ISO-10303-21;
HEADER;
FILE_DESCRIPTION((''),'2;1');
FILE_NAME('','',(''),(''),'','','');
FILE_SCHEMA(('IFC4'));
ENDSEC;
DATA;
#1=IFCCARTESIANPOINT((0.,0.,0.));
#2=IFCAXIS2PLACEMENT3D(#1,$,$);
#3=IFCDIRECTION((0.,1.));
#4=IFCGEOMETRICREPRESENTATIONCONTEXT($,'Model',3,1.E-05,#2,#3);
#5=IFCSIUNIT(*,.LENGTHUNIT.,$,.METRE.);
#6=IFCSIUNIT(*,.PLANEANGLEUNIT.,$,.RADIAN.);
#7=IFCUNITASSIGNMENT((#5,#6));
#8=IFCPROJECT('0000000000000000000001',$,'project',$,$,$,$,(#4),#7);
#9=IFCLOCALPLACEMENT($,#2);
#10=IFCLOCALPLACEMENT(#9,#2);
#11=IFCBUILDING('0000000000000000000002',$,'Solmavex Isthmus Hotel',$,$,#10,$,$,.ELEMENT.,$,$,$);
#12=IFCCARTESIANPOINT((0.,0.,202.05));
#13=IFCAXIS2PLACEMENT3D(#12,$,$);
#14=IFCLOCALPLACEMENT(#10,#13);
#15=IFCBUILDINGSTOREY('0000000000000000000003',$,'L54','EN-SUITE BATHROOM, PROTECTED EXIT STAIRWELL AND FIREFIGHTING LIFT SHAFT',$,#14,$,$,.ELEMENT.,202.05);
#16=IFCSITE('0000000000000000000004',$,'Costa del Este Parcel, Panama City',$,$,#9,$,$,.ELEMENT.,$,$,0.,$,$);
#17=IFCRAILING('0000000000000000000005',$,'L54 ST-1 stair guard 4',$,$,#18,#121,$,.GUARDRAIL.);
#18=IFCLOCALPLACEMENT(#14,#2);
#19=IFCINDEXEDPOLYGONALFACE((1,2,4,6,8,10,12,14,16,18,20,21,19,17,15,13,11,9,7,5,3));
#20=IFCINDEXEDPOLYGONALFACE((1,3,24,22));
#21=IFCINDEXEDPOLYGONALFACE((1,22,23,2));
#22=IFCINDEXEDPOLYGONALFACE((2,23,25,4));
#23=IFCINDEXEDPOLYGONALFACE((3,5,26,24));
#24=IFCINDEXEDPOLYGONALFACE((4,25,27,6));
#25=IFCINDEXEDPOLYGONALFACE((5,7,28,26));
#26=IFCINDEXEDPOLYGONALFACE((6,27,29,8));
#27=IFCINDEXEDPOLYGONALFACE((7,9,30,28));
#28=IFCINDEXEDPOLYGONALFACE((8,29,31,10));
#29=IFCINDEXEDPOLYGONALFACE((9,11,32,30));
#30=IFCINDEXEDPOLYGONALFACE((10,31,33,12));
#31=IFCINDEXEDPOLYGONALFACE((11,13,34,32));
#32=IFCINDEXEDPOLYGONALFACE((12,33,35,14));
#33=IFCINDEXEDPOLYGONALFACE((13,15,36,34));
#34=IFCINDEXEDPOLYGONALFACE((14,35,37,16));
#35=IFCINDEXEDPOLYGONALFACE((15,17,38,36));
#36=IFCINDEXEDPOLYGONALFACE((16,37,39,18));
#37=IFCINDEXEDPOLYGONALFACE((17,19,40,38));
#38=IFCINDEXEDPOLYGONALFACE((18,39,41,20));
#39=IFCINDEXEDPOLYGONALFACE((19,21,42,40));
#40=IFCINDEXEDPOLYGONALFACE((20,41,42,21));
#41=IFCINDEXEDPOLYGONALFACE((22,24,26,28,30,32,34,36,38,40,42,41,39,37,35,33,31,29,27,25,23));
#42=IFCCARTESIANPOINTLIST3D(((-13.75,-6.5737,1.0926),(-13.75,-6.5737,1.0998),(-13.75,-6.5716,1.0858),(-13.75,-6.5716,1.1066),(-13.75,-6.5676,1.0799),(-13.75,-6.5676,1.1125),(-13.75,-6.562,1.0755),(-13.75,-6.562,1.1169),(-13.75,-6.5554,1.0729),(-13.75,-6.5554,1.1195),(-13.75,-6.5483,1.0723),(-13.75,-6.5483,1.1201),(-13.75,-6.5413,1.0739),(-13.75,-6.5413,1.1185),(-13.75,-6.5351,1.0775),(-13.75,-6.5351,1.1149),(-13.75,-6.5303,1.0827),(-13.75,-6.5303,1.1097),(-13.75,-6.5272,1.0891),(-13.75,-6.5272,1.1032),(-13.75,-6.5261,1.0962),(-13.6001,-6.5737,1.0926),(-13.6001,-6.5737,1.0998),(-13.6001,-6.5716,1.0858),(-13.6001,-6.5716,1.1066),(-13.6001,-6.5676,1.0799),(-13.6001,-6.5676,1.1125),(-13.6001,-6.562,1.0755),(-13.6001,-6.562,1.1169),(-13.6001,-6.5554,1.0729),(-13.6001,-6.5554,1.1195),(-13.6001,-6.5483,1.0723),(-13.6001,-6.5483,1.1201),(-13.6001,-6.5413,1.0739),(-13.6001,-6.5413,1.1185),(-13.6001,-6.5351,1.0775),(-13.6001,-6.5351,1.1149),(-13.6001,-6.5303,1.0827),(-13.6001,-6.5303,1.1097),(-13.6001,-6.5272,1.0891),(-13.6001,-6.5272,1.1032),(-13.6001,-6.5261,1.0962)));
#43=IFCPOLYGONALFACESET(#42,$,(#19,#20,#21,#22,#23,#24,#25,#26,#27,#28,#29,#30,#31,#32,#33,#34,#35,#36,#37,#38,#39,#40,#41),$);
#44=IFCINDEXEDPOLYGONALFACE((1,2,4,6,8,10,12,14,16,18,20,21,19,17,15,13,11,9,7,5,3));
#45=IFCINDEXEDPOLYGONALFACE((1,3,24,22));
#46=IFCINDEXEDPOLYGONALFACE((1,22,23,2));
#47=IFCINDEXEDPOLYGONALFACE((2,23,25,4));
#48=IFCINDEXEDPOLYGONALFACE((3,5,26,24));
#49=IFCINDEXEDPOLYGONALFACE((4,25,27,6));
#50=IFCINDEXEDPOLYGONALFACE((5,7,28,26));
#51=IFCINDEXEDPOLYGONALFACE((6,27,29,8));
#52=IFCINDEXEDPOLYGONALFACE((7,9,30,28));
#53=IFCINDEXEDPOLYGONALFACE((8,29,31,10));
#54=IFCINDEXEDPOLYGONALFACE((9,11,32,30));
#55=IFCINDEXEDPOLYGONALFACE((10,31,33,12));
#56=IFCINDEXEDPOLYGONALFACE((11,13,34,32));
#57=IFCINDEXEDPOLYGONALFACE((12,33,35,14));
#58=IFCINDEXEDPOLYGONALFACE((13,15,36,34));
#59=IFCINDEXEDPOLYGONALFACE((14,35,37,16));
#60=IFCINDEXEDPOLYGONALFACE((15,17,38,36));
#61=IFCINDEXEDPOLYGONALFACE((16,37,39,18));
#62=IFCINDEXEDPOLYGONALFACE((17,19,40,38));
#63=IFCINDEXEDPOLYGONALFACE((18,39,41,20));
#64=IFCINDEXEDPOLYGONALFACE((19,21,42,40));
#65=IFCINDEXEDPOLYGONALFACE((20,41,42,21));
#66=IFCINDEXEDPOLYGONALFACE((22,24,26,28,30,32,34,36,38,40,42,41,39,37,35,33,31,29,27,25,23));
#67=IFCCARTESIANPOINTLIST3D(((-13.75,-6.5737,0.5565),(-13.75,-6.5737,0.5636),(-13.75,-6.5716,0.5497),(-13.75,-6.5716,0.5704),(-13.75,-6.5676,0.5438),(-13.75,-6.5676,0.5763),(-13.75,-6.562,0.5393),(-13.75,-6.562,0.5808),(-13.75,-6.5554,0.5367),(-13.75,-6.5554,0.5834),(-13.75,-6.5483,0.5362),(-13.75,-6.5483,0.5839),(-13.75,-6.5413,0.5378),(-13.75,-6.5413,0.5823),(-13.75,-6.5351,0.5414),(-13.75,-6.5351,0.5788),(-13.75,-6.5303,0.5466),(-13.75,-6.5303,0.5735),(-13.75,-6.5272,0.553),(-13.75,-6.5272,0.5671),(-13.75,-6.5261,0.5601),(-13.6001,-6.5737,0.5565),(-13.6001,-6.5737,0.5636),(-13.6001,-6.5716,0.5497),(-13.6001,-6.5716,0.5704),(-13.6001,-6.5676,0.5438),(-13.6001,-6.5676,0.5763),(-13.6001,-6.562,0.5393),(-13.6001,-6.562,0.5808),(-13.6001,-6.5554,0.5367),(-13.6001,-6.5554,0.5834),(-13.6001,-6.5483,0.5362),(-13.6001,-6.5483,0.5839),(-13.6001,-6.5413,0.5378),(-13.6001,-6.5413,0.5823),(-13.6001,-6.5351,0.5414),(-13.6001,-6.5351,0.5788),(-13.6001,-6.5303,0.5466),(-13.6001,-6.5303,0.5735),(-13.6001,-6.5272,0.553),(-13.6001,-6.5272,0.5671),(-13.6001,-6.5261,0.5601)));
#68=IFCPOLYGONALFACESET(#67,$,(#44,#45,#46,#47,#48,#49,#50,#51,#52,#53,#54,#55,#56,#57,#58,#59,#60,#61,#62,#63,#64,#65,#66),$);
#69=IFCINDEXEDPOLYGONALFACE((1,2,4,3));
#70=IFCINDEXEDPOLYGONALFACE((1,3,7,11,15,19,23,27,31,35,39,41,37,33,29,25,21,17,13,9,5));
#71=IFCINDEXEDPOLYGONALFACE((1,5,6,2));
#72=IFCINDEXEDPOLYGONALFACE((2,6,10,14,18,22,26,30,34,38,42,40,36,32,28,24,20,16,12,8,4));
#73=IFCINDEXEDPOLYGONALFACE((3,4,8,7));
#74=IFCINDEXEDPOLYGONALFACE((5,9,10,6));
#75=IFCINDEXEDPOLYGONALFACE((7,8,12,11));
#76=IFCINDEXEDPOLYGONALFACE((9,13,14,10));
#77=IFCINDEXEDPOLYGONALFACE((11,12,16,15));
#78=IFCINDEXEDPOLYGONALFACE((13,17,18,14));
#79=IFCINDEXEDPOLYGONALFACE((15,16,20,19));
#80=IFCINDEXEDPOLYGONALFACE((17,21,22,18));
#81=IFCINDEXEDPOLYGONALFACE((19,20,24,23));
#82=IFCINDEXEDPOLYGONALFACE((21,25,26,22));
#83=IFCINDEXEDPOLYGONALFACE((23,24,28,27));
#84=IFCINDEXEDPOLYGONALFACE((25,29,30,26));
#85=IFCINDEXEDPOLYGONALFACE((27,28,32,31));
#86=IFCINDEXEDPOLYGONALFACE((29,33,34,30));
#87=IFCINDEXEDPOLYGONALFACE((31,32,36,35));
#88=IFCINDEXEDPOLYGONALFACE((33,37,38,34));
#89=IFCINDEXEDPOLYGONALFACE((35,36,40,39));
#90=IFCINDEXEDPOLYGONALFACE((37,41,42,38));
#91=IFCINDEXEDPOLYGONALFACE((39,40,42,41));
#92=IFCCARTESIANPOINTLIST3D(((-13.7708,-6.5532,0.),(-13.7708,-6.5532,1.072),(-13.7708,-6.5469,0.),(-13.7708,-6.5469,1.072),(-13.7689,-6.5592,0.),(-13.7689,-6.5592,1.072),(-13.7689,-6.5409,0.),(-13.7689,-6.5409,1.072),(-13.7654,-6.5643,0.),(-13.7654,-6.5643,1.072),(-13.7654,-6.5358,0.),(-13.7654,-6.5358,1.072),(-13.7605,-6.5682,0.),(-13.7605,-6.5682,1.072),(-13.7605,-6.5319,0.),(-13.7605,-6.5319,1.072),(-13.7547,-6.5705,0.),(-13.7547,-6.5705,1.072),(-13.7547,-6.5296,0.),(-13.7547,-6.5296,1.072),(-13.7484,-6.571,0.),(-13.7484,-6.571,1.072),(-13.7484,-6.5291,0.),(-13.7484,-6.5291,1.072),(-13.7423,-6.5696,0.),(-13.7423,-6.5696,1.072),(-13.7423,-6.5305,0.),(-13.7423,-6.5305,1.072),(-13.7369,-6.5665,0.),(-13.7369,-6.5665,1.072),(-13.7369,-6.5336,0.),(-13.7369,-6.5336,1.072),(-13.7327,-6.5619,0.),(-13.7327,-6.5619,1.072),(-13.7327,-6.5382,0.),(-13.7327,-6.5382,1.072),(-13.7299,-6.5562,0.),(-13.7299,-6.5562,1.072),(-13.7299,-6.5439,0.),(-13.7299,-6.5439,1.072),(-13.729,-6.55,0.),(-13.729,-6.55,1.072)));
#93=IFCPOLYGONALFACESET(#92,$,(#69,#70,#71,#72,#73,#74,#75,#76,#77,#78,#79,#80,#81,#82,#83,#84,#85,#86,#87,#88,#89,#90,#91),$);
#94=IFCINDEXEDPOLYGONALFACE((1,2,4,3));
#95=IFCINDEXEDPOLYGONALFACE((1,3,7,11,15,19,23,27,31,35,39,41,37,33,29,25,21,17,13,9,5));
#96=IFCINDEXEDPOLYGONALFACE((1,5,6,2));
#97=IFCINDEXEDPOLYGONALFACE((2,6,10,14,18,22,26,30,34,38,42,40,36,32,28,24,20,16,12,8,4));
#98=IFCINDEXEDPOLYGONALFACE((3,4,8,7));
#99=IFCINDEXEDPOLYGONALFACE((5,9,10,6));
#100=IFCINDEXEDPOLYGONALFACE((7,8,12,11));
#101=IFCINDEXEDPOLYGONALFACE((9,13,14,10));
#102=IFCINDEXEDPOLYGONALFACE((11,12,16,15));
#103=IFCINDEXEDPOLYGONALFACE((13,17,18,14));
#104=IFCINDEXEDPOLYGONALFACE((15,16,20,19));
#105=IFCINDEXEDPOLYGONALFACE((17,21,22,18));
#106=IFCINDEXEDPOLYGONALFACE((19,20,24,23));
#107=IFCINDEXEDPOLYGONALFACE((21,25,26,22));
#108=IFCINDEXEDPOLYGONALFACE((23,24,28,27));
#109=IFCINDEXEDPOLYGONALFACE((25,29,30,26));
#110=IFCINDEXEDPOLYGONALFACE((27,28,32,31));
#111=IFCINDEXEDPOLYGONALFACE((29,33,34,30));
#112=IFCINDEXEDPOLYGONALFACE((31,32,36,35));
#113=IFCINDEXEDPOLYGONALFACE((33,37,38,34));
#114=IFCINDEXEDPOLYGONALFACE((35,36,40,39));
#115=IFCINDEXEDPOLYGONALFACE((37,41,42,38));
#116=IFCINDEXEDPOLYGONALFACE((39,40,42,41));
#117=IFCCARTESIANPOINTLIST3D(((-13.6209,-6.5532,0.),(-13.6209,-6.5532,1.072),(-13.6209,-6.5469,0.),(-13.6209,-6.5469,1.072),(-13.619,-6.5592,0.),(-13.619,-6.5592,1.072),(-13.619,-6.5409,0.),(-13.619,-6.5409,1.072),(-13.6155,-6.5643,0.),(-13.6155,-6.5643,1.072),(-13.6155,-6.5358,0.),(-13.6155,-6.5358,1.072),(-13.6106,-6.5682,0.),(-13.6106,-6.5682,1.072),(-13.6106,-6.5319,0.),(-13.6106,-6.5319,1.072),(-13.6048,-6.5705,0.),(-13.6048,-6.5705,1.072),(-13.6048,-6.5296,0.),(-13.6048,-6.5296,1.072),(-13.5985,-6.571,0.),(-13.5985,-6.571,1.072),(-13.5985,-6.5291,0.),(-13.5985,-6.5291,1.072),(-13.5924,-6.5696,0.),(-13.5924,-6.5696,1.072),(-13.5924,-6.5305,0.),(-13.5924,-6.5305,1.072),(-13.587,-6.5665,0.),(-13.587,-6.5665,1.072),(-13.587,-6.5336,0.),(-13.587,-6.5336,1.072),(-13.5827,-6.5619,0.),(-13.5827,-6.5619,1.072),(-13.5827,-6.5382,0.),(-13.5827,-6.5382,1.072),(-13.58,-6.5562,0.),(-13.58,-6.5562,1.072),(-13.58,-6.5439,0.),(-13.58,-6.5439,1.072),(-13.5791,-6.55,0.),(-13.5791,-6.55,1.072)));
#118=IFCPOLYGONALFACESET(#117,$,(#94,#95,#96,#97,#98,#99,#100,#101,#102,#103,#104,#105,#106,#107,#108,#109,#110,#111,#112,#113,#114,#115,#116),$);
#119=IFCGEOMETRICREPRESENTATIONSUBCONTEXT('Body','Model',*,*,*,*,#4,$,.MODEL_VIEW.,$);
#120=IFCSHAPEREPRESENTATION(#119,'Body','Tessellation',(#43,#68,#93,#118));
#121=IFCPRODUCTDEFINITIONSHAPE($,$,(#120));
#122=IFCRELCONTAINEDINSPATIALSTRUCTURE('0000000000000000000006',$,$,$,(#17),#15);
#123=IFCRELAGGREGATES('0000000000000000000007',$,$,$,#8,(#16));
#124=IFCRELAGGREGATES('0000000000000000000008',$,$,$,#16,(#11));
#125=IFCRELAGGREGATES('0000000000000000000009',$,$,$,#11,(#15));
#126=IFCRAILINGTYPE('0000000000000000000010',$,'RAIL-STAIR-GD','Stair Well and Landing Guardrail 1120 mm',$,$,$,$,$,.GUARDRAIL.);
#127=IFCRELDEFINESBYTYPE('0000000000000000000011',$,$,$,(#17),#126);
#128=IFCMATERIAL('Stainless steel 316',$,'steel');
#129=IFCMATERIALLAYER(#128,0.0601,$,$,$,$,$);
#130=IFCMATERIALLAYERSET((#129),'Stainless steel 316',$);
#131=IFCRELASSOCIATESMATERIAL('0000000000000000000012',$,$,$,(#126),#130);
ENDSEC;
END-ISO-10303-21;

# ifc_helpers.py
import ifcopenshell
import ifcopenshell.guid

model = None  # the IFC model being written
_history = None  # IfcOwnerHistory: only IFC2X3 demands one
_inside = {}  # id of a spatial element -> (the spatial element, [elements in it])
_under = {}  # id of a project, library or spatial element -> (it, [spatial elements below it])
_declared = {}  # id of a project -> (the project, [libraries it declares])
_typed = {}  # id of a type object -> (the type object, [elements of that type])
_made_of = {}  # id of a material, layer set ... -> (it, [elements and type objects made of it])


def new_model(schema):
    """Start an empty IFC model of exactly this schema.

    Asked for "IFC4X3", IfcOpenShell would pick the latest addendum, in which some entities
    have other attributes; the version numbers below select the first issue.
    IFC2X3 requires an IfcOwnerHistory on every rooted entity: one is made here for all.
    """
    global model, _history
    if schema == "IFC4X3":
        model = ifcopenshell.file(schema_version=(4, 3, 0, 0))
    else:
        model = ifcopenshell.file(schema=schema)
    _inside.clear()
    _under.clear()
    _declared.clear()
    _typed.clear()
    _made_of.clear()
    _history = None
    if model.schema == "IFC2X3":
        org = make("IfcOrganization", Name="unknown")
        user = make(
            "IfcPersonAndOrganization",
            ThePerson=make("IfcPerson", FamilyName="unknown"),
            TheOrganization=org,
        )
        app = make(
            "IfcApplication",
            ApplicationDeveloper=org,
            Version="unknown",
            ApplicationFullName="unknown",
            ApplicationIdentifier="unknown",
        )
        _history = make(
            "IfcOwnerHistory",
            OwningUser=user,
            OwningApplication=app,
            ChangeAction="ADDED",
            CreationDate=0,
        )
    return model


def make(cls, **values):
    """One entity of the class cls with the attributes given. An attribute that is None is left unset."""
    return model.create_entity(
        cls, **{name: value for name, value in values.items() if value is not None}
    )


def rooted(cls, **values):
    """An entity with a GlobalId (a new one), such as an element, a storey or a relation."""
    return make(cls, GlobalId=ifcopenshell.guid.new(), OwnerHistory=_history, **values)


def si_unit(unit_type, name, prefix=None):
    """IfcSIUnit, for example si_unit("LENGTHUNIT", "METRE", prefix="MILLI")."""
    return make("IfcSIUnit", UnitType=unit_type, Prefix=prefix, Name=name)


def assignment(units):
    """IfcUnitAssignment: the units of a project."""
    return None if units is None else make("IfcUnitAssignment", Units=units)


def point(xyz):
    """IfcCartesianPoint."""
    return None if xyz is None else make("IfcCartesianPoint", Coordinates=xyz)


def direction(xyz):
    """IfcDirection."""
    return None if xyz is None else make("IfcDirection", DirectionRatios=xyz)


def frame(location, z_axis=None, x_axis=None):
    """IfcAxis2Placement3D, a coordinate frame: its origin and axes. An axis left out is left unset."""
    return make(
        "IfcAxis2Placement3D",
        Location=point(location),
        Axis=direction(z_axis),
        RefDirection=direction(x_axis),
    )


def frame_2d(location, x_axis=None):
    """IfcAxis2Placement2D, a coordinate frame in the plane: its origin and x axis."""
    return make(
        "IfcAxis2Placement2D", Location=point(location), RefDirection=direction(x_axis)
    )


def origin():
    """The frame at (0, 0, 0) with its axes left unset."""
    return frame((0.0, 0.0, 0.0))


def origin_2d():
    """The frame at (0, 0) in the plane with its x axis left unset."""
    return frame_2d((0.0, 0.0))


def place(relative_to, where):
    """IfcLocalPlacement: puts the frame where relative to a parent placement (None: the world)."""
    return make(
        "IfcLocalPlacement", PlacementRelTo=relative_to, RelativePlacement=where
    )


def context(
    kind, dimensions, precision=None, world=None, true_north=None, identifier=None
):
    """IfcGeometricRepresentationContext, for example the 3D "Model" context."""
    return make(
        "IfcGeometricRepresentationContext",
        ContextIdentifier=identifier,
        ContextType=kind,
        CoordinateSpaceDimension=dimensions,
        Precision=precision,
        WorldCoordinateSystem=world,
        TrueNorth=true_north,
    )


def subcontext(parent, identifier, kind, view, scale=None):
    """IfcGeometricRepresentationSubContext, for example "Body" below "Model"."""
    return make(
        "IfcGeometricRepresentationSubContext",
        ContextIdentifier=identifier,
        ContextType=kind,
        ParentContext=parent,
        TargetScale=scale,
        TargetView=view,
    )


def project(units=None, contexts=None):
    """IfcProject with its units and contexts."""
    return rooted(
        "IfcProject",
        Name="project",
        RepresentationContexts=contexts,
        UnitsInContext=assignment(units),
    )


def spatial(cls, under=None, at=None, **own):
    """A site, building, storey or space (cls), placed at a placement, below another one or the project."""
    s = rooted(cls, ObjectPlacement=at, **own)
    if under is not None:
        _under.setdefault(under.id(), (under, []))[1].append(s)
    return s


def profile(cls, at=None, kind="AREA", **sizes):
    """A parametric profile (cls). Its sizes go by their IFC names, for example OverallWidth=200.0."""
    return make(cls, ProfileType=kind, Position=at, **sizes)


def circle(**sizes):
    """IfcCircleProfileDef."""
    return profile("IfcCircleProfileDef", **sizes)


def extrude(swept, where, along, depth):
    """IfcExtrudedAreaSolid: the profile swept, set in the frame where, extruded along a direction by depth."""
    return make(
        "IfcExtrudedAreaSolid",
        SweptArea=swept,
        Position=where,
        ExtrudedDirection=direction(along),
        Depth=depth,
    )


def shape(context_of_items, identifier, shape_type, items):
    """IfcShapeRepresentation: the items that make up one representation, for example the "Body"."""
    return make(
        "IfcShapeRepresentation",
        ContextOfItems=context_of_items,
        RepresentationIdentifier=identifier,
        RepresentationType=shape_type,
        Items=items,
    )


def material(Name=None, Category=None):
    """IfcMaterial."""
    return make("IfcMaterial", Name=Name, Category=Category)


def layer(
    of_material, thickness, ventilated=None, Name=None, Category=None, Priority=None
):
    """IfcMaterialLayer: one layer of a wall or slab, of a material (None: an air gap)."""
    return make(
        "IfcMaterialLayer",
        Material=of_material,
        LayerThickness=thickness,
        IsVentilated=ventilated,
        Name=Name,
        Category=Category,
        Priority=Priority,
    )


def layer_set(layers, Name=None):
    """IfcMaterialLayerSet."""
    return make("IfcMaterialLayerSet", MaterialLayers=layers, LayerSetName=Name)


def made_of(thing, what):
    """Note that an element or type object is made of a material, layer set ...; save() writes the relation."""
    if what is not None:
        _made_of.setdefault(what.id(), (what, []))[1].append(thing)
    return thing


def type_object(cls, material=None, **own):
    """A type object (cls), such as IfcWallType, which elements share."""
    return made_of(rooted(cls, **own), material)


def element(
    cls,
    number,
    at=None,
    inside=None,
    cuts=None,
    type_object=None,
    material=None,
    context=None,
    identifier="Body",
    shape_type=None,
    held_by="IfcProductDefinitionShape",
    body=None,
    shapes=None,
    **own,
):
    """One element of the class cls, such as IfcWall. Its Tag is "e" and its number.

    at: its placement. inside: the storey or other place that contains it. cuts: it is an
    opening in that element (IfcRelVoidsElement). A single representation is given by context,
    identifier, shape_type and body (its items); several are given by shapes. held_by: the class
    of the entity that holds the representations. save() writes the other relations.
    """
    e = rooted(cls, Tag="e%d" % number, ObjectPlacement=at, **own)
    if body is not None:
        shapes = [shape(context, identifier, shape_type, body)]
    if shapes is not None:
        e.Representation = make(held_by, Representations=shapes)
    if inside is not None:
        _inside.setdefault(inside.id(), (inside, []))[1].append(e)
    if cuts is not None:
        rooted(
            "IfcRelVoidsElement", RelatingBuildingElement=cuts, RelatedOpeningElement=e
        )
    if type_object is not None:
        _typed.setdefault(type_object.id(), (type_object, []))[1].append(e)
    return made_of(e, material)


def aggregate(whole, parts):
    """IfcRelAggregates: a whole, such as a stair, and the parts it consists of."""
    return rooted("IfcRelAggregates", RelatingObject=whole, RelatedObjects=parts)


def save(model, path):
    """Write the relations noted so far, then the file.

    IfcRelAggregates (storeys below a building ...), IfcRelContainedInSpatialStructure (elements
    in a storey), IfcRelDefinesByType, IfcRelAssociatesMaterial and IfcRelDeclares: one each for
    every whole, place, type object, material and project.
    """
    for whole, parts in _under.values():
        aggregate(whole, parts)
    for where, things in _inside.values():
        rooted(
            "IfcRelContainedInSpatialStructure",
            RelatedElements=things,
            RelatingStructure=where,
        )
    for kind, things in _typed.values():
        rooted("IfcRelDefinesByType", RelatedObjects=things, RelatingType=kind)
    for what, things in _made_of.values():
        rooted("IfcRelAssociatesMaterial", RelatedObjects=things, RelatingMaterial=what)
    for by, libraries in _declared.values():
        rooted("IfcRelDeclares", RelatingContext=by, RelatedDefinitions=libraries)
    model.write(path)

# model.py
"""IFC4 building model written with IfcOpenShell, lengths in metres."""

from ifc_helpers import new_model, si_unit, direction, frame, origin, origin_2d, place, context, subcontext, project, spatial, circle, extrude, material, layer, layer_set, type_object, element, save


model = new_model("IFC4")

# Units and contexts
model_context = context("Model", 3, precision=1e-05, world=origin(), true_north=direction((0.0, 1.0)))
body_context = subcontext(model_context, "Body", "Model", "MODEL_VIEW")
ifc_project = project(units=[si_unit("LENGTHUNIT", "METRE"), si_unit("PLANEANGLEUNIT", "RADIAN")], contexts=[model_context])

# Site, building, storey
site_placement = place(None, origin())
site = spatial("IfcSite", under=ifc_project, at=site_placement, Name="Costa del Este Parcel, Panama City", CompositionType="ELEMENT", RefElevation=0.0)
building_placement = place(site_placement, origin())
building = spatial("IfcBuilding", under=site, at=building_placement, Name="Solmavex Isthmus Hotel", CompositionType="ELEMENT")
storey_placement = place(building_placement, frame((0.0, 0.0, 202.05)))
storey = spatial("IfcBuildingStorey", under=building, at=storey_placement, Name="L54", Description="EN-SUITE BATHROOM, PROTECTED EXIT STAIRWELL AND FIREFIGHTING LIFT SHAFT", CompositionType="ELEMENT", Elevation=202.05)

# Railing
ifc_material_1 = material(Name="Stainless steel 316", Category="steel")
ifc_layer_1 = layer(ifc_material_1, 0.0601)
ifc_layer_set_1 = layer_set([ifc_layer_1], Name="Stainless steel 316")
railing_type_1 = type_object("IfcRailingType", Name="RAIL-STAIR-GD", Description="Stair Well and Landing Guardrail 1120 mm", PredefinedType="GUARDRAIL", material=ifc_layer_set_1)
railing_1_placement = place(storey_placement, frame((-13.75, -6.55, 0.0)))
element("IfcRailing", 1, at=railing_1_placement, inside=storey, type_object=railing_type_1, Name="L54 ST-1 stair guard 4", PredefinedType="GUARDRAIL", context=body_context, shape_type="SweptSolid", body=[
    extrude(circle(Radius=0.0239, at=origin_2d()), frame((0.0, 0.0, 1.0962), z_axis=(1.0, 0.0, 0.0), x_axis=(0.0, 1.0, 0.0)), (0.0, 0.0, 1.0), 0.1499),
    extrude(circle(Radius=0.0239, at=origin_2d()), frame((0.0, 0.0, 0.5601), z_axis=(1.0, 0.0, 0.0), x_axis=(0.0, 1.0, 0.0)), (0.0, 0.0, 1.0), 0.1499),
    extrude(circle(Radius=0.021, at=origin_2d()), origin(), (0.0, 0.0, 1.0), 1.072),
    extrude(circle(Radius=0.021, at=origin_2d()), frame((0.1499, 0.0, 0.0)), (0.0, 0.0, 1.0), 1.072),
])

save(model, "model.ifc")
